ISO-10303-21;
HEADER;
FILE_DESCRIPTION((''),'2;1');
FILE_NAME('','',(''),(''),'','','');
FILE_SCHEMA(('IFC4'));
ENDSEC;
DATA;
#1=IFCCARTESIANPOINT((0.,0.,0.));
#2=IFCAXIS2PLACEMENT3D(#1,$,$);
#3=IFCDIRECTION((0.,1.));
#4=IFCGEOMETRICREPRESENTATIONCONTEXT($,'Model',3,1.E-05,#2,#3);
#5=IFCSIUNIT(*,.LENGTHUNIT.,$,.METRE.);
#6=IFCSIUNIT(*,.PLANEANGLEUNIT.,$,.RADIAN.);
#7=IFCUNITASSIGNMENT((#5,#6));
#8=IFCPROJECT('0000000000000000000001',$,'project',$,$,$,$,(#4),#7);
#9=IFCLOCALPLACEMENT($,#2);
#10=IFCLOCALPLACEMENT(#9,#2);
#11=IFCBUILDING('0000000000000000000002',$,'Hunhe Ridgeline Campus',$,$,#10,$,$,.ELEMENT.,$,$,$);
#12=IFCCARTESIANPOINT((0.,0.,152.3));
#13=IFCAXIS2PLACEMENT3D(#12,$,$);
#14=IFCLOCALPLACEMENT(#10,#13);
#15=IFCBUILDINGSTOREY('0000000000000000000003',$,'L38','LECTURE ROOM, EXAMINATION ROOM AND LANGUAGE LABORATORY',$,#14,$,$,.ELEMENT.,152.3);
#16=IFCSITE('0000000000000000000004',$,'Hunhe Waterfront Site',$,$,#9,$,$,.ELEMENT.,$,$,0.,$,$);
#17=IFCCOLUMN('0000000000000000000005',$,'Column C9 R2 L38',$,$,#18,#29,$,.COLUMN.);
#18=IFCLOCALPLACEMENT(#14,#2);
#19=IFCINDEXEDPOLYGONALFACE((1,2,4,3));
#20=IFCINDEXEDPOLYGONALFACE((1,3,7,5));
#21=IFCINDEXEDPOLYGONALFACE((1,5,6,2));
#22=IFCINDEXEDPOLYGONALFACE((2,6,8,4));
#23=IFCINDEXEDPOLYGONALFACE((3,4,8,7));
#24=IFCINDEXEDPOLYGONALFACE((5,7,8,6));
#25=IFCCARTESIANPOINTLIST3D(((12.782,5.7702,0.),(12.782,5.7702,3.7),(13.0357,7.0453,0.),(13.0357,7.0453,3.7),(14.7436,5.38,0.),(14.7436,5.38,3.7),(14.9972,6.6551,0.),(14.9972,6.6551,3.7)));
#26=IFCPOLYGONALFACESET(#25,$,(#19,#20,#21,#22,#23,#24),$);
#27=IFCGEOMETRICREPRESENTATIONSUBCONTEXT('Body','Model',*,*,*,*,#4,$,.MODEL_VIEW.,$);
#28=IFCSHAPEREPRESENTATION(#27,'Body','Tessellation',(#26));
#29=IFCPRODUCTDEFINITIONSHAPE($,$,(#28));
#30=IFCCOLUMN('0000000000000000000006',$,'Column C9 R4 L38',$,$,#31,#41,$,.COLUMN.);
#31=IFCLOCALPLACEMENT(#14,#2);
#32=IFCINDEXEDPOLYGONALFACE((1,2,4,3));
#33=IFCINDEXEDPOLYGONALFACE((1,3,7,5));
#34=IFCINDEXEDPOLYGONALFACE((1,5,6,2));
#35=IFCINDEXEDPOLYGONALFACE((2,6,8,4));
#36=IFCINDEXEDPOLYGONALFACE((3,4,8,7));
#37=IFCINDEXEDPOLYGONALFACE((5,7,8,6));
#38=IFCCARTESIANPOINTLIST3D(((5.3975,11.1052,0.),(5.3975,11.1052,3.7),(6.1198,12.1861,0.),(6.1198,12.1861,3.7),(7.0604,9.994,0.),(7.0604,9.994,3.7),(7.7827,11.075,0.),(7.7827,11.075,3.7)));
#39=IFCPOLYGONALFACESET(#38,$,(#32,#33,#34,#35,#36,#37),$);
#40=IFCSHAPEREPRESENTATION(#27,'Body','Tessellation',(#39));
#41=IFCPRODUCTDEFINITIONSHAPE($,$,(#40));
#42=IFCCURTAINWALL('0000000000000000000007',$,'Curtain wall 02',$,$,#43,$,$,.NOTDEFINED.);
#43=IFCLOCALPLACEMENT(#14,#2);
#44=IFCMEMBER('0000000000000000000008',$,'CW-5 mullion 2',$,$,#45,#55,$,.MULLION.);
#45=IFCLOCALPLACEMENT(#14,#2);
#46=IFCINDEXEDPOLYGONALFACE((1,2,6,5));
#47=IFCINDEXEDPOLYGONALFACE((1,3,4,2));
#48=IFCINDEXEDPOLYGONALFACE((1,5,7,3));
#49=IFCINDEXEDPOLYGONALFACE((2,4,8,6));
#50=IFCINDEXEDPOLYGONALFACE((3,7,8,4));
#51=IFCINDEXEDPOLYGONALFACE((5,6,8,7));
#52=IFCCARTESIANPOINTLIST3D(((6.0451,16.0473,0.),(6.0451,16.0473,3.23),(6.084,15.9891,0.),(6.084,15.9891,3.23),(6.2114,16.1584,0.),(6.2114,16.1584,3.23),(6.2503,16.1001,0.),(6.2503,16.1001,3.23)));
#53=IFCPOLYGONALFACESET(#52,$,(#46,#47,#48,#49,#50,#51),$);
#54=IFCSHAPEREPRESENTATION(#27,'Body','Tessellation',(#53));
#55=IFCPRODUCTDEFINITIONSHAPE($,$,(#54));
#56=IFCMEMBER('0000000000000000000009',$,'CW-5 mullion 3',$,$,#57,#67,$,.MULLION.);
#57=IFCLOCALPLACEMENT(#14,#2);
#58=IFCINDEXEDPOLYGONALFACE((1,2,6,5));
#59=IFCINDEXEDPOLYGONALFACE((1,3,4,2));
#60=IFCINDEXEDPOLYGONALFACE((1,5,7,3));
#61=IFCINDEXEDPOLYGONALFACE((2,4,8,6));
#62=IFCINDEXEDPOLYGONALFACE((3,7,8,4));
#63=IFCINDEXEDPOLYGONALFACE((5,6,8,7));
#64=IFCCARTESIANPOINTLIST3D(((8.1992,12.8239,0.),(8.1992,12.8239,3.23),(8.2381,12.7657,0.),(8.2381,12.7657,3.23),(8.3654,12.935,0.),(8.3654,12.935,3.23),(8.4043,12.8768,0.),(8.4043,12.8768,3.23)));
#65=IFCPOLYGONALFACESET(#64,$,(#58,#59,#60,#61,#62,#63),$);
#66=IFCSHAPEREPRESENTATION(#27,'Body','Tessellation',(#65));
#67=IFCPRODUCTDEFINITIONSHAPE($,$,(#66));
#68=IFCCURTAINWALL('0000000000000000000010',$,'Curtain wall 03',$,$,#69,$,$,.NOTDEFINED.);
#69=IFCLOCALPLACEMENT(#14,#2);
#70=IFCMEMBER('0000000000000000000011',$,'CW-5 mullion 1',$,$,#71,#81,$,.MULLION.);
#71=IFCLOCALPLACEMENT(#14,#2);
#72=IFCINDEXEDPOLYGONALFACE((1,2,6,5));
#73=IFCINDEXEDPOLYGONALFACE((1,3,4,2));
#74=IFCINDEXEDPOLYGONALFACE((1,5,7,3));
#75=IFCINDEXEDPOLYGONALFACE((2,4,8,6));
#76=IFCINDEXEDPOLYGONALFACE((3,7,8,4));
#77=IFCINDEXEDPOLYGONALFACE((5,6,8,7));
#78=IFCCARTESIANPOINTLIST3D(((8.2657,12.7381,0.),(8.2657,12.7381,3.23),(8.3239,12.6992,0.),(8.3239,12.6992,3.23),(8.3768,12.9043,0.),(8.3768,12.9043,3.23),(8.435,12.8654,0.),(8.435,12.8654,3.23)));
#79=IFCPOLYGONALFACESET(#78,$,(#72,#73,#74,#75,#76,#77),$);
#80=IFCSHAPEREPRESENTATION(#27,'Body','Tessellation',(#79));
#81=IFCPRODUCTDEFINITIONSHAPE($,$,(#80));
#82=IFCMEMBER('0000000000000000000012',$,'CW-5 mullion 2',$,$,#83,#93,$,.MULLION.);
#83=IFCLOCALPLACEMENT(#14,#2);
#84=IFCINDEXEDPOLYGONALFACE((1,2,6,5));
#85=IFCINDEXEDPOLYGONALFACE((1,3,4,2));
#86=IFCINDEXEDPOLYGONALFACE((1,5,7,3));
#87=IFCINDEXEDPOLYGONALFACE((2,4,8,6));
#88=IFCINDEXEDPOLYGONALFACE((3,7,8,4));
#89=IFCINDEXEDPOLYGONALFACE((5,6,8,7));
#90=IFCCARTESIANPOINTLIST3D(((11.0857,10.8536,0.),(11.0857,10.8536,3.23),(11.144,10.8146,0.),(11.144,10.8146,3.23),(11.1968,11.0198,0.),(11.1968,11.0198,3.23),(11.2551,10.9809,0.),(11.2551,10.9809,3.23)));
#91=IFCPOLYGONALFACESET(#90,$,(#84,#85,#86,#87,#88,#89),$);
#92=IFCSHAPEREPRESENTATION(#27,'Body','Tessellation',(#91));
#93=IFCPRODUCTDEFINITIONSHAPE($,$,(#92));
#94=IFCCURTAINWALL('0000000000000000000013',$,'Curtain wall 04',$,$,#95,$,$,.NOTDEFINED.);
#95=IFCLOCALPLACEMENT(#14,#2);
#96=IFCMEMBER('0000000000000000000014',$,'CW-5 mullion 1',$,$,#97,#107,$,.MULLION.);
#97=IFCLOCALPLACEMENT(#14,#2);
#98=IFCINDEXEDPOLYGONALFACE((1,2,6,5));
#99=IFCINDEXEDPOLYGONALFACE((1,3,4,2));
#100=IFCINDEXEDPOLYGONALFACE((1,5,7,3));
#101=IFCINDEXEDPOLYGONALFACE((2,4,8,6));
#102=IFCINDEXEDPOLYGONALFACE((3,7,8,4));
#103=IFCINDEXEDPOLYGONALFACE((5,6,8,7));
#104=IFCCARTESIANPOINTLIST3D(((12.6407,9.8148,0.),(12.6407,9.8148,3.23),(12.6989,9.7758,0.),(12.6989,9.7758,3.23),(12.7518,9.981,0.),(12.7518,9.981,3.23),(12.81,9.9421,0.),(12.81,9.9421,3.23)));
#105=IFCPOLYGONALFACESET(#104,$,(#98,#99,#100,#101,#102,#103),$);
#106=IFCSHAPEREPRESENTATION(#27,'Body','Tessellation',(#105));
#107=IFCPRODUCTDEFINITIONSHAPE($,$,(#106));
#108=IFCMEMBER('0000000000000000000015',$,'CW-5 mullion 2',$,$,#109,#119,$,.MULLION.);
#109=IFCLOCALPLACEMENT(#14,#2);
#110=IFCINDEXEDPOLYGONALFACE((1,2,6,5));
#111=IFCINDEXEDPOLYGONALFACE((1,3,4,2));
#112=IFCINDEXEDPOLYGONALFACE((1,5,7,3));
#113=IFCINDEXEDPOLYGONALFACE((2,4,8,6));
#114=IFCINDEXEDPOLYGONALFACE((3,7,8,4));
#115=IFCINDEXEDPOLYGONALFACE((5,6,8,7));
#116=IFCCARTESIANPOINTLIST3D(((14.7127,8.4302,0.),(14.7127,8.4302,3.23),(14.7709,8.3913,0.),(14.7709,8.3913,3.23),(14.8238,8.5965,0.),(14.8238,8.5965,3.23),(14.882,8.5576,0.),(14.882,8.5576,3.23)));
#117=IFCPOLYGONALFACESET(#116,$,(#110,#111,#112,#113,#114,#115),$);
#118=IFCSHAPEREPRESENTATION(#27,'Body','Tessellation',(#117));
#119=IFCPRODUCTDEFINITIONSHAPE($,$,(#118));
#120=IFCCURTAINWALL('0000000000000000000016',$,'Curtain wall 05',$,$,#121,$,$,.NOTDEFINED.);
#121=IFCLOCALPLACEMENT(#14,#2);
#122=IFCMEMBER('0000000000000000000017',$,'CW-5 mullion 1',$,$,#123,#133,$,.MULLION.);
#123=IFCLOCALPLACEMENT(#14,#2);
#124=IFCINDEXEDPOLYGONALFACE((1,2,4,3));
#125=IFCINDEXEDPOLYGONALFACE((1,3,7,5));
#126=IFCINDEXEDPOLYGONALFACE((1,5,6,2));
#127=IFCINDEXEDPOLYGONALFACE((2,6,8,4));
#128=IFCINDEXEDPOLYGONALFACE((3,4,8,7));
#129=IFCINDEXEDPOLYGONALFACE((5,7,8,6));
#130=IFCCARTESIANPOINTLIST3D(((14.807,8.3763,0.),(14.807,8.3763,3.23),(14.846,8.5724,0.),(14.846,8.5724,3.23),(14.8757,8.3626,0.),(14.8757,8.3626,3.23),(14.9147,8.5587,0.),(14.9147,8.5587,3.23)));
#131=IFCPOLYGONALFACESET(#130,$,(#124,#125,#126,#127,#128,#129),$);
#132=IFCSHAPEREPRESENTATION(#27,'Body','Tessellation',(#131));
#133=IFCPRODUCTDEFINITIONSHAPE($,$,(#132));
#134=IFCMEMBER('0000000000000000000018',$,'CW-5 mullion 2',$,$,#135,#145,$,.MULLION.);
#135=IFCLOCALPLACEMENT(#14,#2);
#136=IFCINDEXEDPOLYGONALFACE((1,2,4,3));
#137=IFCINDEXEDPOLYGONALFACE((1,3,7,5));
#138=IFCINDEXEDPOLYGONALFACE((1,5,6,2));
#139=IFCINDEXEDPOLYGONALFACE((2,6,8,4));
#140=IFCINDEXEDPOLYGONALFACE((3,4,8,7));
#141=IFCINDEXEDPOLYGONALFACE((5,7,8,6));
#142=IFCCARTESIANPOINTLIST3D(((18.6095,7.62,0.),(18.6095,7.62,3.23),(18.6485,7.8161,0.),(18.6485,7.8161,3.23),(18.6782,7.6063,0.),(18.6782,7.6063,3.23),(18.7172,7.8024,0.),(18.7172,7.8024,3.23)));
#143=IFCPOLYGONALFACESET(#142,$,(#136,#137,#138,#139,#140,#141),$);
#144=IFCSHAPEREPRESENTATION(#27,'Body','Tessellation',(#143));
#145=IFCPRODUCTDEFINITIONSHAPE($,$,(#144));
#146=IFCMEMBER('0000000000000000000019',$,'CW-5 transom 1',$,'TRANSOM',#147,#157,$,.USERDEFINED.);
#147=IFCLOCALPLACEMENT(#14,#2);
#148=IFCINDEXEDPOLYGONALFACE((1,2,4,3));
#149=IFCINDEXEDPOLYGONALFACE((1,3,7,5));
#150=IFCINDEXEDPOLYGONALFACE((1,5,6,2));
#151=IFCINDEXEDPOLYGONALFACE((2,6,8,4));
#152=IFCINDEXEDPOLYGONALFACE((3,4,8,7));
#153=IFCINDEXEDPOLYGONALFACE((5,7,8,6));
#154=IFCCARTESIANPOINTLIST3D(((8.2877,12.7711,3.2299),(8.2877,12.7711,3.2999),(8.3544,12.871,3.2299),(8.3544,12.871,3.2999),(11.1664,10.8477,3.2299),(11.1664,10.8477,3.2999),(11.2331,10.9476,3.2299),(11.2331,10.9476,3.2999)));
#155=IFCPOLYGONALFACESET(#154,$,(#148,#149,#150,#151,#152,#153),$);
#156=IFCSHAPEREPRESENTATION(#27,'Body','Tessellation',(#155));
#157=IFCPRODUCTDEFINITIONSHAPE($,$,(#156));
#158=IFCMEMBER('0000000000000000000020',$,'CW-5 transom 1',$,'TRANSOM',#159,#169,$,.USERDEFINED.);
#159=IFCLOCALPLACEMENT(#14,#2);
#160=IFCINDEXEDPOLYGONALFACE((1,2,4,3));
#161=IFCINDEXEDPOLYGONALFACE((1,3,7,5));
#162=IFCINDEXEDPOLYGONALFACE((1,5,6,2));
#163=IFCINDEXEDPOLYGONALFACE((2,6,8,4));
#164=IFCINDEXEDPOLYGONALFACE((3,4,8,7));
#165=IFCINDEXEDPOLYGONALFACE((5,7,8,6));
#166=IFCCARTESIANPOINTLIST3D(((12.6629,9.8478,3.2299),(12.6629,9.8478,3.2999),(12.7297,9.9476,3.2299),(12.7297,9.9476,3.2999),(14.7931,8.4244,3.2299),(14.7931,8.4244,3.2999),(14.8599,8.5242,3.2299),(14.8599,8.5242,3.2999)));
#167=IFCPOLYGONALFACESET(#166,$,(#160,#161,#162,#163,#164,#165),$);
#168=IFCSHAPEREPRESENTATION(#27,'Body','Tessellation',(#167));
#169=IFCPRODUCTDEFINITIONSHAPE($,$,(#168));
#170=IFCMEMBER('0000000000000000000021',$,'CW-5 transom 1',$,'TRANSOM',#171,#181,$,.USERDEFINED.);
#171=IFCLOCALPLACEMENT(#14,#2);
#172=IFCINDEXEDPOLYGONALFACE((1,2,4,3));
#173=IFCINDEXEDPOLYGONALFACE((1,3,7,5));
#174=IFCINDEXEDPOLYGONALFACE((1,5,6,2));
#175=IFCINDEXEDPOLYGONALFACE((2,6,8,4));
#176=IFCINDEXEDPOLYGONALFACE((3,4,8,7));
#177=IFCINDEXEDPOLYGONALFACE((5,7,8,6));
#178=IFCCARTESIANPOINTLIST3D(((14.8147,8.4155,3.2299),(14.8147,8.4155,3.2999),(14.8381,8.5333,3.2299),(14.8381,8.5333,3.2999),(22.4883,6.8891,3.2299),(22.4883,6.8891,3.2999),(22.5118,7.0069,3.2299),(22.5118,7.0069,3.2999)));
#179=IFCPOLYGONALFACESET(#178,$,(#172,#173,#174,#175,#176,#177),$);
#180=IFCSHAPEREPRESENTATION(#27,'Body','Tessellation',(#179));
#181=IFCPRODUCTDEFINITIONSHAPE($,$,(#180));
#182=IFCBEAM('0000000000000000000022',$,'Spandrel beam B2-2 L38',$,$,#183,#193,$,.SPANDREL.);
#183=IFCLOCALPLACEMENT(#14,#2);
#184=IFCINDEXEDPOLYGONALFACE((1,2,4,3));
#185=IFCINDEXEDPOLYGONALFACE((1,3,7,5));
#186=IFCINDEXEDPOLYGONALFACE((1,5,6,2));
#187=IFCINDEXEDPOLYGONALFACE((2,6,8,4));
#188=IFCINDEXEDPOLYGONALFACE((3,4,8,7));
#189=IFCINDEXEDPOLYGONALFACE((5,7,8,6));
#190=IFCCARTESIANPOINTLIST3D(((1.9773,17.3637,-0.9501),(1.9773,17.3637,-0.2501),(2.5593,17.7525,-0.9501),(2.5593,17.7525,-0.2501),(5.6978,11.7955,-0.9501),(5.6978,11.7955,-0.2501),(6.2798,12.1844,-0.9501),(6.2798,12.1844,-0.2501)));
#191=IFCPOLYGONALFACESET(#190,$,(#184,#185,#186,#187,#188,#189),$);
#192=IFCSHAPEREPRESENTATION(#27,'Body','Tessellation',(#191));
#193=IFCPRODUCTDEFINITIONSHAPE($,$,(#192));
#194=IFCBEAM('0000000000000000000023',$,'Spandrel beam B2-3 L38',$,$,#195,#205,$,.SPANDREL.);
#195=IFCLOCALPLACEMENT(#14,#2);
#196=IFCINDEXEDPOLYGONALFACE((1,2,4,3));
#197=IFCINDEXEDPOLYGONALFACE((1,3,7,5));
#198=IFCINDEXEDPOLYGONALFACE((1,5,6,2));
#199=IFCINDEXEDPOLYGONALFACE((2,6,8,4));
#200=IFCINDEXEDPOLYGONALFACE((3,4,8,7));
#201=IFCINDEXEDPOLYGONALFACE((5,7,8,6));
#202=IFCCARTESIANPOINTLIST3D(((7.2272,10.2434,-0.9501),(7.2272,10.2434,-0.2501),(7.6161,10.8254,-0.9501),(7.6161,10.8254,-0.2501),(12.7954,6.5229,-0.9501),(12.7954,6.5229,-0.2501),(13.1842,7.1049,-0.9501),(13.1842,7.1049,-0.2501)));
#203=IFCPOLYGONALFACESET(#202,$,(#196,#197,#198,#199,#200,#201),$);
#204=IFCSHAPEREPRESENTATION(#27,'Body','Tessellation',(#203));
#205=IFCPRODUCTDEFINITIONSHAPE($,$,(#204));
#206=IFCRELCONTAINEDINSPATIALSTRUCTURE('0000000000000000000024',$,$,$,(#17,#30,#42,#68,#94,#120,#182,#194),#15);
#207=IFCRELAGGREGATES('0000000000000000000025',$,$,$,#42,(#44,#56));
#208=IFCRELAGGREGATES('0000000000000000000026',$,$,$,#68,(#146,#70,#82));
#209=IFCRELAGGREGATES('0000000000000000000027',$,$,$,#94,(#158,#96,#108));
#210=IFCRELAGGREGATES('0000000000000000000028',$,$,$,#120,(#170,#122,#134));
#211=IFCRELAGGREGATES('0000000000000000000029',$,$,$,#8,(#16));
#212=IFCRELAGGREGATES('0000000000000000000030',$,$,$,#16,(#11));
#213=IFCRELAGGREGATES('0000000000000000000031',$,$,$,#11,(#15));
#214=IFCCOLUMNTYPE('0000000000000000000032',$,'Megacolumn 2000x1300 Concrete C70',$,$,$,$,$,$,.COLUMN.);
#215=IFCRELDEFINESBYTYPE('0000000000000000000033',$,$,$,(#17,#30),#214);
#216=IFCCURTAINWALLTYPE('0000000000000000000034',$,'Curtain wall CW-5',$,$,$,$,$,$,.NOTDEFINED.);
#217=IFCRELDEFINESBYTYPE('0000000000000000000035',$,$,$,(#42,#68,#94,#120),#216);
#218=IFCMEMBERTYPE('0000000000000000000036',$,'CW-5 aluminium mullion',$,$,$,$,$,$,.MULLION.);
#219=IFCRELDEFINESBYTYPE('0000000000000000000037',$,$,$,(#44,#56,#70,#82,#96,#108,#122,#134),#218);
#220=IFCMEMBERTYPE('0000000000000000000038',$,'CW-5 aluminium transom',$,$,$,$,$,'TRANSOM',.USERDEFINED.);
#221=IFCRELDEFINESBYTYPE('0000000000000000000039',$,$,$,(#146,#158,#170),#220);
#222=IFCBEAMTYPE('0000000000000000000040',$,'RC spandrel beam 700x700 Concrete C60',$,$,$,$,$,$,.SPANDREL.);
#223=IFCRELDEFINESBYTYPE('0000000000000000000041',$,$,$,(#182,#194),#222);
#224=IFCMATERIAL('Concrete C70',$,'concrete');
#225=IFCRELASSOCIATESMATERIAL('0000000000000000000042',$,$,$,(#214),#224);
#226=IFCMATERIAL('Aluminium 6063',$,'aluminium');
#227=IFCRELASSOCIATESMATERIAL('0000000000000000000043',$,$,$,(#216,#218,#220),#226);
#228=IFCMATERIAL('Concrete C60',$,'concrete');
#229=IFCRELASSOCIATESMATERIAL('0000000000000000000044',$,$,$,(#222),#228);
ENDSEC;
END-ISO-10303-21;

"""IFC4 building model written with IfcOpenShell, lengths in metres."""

from ifc_helpers import new_model, si_unit, direction, frame, origin, origin_2d, place, context, subcontext, project, spatial, rectangle, extrude, material, material_profile, profile_set, type_object, element, aggregate, save


model = new_model("IFC4")

# Units and contexts
model_context = context("Model", 3, precision=1e-05, world=origin(), true_north=direction((0.0, 1.0)))
body_context = subcontext(model_context, "Body", "Model", "MODEL_VIEW")
ifc_project = project(units=[si_unit("LENGTHUNIT", "METRE"), si_unit("PLANEANGLEUNIT", "RADIAN")], contexts=[model_context])

# Site, building, storey
site_placement = place(None, origin())
site = spatial("IfcSite", under=ifc_project, at=site_placement, Name="Hunhe Waterfront Site", CompositionType="ELEMENT", RefElevation=0.0)
building_placement = place(site_placement, origin())
building = spatial("IfcBuilding", under=site, at=building_placement, Name="Hunhe Ridgeline Campus", CompositionType="ELEMENT")
storey_placement = place(building_placement, frame((0.0, 0.0, 152.3)))
storey = spatial("IfcBuildingStorey", under=building, at=storey_placement, Name="L38", Description="LECTURE ROOM, EXAMINATION ROOM AND LANGUAGE LABORATORY", CompositionType="ELEMENT", Elevation=152.3)

# Columns
ifc_material_1 = material(Name="Concrete C70", Category="concrete")
ifc_material_profile_1 = material_profile(ifc_material_1, rectangle(XDim=2.0, YDim=1.3, at=origin_2d()))
ifc_profile_set_1 = profile_set([ifc_material_profile_1], Name="Concrete C70")
column_type = type_object("IfcColumnType", Name="Megacolumn 2000x1300 Concrete C70", PredefinedType="COLUMN", material=ifc_profile_set_1)
for number, where, z_axis, x_axis, name in (
    (1, (13.8896, 6.2126, 0.0), (0.0, 0.0, 1.0), (-0.980785, 0.19509, 0.0), "Column C9 R2 L38"),
    (2, (6.5901, 11.0901, 0.0), (0.0, 0.0, 1.0), (-0.83147, 0.55557, 0.0), "Column C9 R4 L38"),
):
    element("IfcColumn", number, at=place(storey_placement, frame(where, z_axis=z_axis, x_axis=x_axis)), inside=storey, type_object=column_type, Name=name, PredefinedType="COLUMN", context=body_context, shape_type="SweptSolid", body=[
        extrude(rectangle(XDim=2.0, YDim=1.3, at=origin_2d()), origin(), (0.0, 0.0, 1.0), 3.7),
    ])

# Curtain walls, members
ifc_material_2 = material(Name="Aluminium 6063", Category="aluminium")
curtain_wall_type = type_object("IfcCurtainWallType", Name="Curtain wall CW-5", PredefinedType="NOTDEFINED", material=ifc_material_2)
curtain_wall_1_placement = place(storey_placement, origin())
curtain_wall_1 = element("IfcCurtainWall", 3, at=curtain_wall_1_placement, inside=storey, type_object=curtain_wall_type, Name="Curtain wall 02", PredefinedType="NOTDEFINED")
ifc_material_profile_2 = material_profile(ifc_material_2, rectangle(XDim=0.2, YDim=0.0701, at=origin_2d()))
ifc_profile_set_2 = profile_set([ifc_material_profile_2], Name="Aluminium 6063")
member_type_1 = type_object("IfcMemberType", Name="CW-5 aluminium mullion", PredefinedType="MULLION", material=ifc_profile_set_2)
member_1_placement = place(storey_placement, frame((6.1477, 16.0737, 0.0), z_axis=(0.0, 0.0, 1.0), x_axis=(0.83147, 0.55557, 0.0)))
member_1 = element("IfcMember", 4, at=member_1_placement, type_object=member_type_1, Name="CW-5 mullion 2", PredefinedType="MULLION", context=body_context, shape_type="SweptSolid", body=[
    extrude(rectangle(XDim=0.2, YDim=0.0701, at=origin_2d()), origin(), (0.0, 0.0, 1.0), 3.23),
])
member_2_placement = place(storey_placement, frame((8.3018, 12.8503, 0.0), z_axis=(0.0, 0.0, 1.0), x_axis=(0.83147, 0.55557, 0.0)))
member_2 = element("IfcMember", 5, at=member_2_placement, type_object=member_type_1, Name="CW-5 mullion 3", PredefinedType="MULLION", context=body_context, shape_type="SweptSolid", body=[
    extrude(rectangle(XDim=0.2, YDim=0.0701, at=origin_2d()), origin(), (0.0, 0.0, 1.0), 3.23),
])
curtain_wall_2_placement = place(storey_placement, origin())
curtain_wall_2 = element("IfcCurtainWall", 6, at=curtain_wall_2_placement, inside=storey, type_object=curtain_wall_type, Name="Curtain wall 03", PredefinedType="NOTDEFINED")
member_3_placement = place(storey_placement, frame((8.3503, 12.8018, 0.0), z_axis=(0.0, 0.0, 1.0), x_axis=(0.55557, 0.83147, 0.0)))
member_3 = element("IfcMember", 7, at=member_3_placement, type_object=member_type_1, Name="CW-5 mullion 1", PredefinedType="MULLION", context=body_context, shape_type="SweptSolid", body=[
    extrude(rectangle(XDim=0.2, YDim=0.0701, at=origin_2d()), origin(), (0.0, 0.0, 1.0), 3.23),
])
member_4_placement = place(storey_placement, frame((11.1704, 10.9172, 0.0), z_axis=(0.0, 0.0, 1.0), x_axis=(0.55557, 0.83147, 0.0)))
member_4 = element("IfcMember", 8, at=member_4_placement, type_object=member_type_1, Name="CW-5 mullion 2", PredefinedType="MULLION", context=body_context, shape_type="SweptSolid", body=[
    extrude(rectangle(XDim=0.2, YDim=0.0701, at=origin_2d()), origin(), (0.0, 0.0, 1.0), 3.23),
])
curtain_wall_3_placement = place(storey_placement, origin())
curtain_wall_3 = element("IfcCurtainWall", 9, at=curtain_wall_3_placement, inside=storey, type_object=curtain_wall_type, Name="Curtain wall 04", PredefinedType="NOTDEFINED")
member_5_placement = place(storey_placement, frame((12.7253, 9.8784, 0.0), z_axis=(0.0, 0.0, 1.0), x_axis=(0.55557, 0.83147, 0.0)))
member_5 = element("IfcMember", 10, at=member_5_placement, type_object=member_type_1, Name="CW-5 mullion 1", PredefinedType="MULLION", context=body_context, shape_type="SweptSolid", body=[
    extrude(rectangle(XDim=0.2, YDim=0.0701, at=origin_2d()), origin(), (0.0, 0.0, 1.0), 3.23),
])
member_6_placement = place(storey_placement, frame((14.7974, 8.4939, 0.0), z_axis=(0.0, 0.0, 1.0), x_axis=(0.55557, 0.83147, 0.0)))
member_6 = element("IfcMember", 11, at=member_6_placement, type_object=member_type_1, Name="CW-5 mullion 2", PredefinedType="MULLION", context=body_context, shape_type="SweptSolid", body=[
    extrude(rectangle(XDim=0.2, YDim=0.0701, at=origin_2d()), origin(), (0.0, 0.0, 1.0), 3.23),
])
curtain_wall_4_placement = place(storey_placement, origin())
curtain_wall_4 = element("IfcCurtainWall", 12, at=curtain_wall_4_placement, inside=storey, type_object=curtain_wall_type, Name="Curtain wall 05", PredefinedType="NOTDEFINED")
member_7_placement = place(storey_placement, frame((14.8608, 8.4675, 0.0), z_axis=(0.0, 0.0, 1.0), x_axis=(0.19509, 0.980785, 0.0)))
member_7 = element("IfcMember", 13, at=member_7_placement, type_object=member_type_1, Name="CW-5 mullion 1", PredefinedType="MULLION", context=body_context, shape_type="SweptSolid", body=[
    extrude(rectangle(XDim=0.2, YDim=0.0701, at=origin_2d()), origin(), (0.0, 0.0, 1.0), 3.23),
])
member_8_placement = place(storey_placement, frame((18.6633, 7.7112, 0.0), z_axis=(0.0, 0.0, 1.0), x_axis=(0.19509, 0.980785, 0.0)))
member_8 = element("IfcMember", 14, at=member_8_placement, type_object=member_type_1, Name="CW-5 mullion 2", PredefinedType="MULLION", context=body_context, shape_type="SweptSolid", body=[
    extrude(rectangle(XDim=0.2, YDim=0.0701, at=origin_2d()), origin(), (0.0, 0.0, 1.0), 3.23),
])

# Members
ifc_material_profile_3 = material_profile(ifc_material_2, rectangle(XDim=0.1201, YDim=0.0701, at=origin_2d()))
ifc_profile_set_3 = profile_set([ifc_material_profile_3], Name="Aluminium 6063")
member_type_2 = type_object("IfcMemberType", Name="CW-5 aluminium transom", ElementType="TRANSOM", PredefinedType="USERDEFINED", material=ifc_profile_set_3)
member_9_placement = place(storey_placement, frame((8.321, 12.821, 3.2649), z_axis=(0.831486, -0.555546, 0.0), x_axis=(0.555546, 0.831486, 0.0)))
member_9 = element("IfcMember", 15, at=member_9_placement, type_object=member_type_2, Name="CW-5 transom 1", ObjectType="TRANSOM", PredefinedType="USERDEFINED", context=body_context, shape_type="SweptSolid", body=[
    extrude(rectangle(XDim=0.1201, YDim=0.0701, at=origin_2d()), origin(), (0.0, 0.0, 1.0), 3.4622),
])
member_10_placement = place(storey_placement, frame((12.6963, 9.8977, 3.2649), z_axis=(0.831463, -0.55558, 0.0), x_axis=(0.55558, 0.831463, 0.0)))
member_10 = element("IfcMember", 16, at=member_10_placement, type_object=member_type_2, Name="CW-5 transom 1", ObjectType="TRANSOM", PredefinedType="USERDEFINED", context=body_context, shape_type="SweptSolid", body=[
    extrude(rectangle(XDim=0.1201, YDim=0.0701, at=origin_2d()), origin(), (0.0, 0.0, 1.0), 2.562),
])
member_11_placement = place(storey_placement, frame((14.8264, 8.4744, 3.2649), z_axis=(0.980785, -0.19509, 0.0), x_axis=(0.19509, 0.980785, 0.0)))
member_11 = element("IfcMember", 17, at=member_11_placement, type_object=member_type_2, Name="CW-5 transom 1", ObjectType="TRANSOM", PredefinedType="USERDEFINED", context=body_context, shape_type="SweptSolid", body=[
    extrude(rectangle(XDim=0.1201, YDim=0.0701, at=origin_2d()), origin(), (0.0, 0.0, 1.0), 7.824),
])

# Beams
ifc_material_3 = material(Name="Concrete C60", Category="concrete")
ifc_material_profile_4 = material_profile(ifc_material_3, rectangle(XDim=0.7, YDim=0.7, at=origin_2d()))
ifc_profile_set_4 = profile_set([ifc_material_profile_4], Name="Concrete C60")
beam_type = type_object("IfcBeamType", Name="RC spandrel beam 700x700 Concrete C60", PredefinedType="SPANDREL", material=ifc_profile_set_4)
for number, where, z_axis, x_axis, name in (
    (18, (2.2683, 17.5581, -0.6001), (0.555566, -0.831472, 0.0), (0.831472, 0.555566, 0.0), "Spandrel beam B2-2 L38"),
    (19, (7.4216, 10.5344, -0.6001), (0.831472, -0.555566, 0.0), (0.555566, 0.831472, 0.0), "Spandrel beam B2-3 L38"),
):
    element("IfcBeam", number, at=place(storey_placement, frame(where, z_axis=z_axis, x_axis=x_axis)), inside=storey, type_object=beam_type, Name=name, PredefinedType="SPANDREL", context=body_context, shape_type="SweptSolid", body=[
        extrude(rectangle(XDim=0.7, YDim=0.7, at=origin_2d()), origin(), (0.0, 0.0, 1.0), 6.6968),
    ])

aggregate(curtain_wall_1, [member_1, member_2])
aggregate(curtain_wall_2, [member_9, member_3, member_4])
aggregate(curtain_wall_3, [member_10, member_5, member_6])
aggregate(curtain_wall_4, [member_11, member_7, member_8])

save(model, "model.ifc")
